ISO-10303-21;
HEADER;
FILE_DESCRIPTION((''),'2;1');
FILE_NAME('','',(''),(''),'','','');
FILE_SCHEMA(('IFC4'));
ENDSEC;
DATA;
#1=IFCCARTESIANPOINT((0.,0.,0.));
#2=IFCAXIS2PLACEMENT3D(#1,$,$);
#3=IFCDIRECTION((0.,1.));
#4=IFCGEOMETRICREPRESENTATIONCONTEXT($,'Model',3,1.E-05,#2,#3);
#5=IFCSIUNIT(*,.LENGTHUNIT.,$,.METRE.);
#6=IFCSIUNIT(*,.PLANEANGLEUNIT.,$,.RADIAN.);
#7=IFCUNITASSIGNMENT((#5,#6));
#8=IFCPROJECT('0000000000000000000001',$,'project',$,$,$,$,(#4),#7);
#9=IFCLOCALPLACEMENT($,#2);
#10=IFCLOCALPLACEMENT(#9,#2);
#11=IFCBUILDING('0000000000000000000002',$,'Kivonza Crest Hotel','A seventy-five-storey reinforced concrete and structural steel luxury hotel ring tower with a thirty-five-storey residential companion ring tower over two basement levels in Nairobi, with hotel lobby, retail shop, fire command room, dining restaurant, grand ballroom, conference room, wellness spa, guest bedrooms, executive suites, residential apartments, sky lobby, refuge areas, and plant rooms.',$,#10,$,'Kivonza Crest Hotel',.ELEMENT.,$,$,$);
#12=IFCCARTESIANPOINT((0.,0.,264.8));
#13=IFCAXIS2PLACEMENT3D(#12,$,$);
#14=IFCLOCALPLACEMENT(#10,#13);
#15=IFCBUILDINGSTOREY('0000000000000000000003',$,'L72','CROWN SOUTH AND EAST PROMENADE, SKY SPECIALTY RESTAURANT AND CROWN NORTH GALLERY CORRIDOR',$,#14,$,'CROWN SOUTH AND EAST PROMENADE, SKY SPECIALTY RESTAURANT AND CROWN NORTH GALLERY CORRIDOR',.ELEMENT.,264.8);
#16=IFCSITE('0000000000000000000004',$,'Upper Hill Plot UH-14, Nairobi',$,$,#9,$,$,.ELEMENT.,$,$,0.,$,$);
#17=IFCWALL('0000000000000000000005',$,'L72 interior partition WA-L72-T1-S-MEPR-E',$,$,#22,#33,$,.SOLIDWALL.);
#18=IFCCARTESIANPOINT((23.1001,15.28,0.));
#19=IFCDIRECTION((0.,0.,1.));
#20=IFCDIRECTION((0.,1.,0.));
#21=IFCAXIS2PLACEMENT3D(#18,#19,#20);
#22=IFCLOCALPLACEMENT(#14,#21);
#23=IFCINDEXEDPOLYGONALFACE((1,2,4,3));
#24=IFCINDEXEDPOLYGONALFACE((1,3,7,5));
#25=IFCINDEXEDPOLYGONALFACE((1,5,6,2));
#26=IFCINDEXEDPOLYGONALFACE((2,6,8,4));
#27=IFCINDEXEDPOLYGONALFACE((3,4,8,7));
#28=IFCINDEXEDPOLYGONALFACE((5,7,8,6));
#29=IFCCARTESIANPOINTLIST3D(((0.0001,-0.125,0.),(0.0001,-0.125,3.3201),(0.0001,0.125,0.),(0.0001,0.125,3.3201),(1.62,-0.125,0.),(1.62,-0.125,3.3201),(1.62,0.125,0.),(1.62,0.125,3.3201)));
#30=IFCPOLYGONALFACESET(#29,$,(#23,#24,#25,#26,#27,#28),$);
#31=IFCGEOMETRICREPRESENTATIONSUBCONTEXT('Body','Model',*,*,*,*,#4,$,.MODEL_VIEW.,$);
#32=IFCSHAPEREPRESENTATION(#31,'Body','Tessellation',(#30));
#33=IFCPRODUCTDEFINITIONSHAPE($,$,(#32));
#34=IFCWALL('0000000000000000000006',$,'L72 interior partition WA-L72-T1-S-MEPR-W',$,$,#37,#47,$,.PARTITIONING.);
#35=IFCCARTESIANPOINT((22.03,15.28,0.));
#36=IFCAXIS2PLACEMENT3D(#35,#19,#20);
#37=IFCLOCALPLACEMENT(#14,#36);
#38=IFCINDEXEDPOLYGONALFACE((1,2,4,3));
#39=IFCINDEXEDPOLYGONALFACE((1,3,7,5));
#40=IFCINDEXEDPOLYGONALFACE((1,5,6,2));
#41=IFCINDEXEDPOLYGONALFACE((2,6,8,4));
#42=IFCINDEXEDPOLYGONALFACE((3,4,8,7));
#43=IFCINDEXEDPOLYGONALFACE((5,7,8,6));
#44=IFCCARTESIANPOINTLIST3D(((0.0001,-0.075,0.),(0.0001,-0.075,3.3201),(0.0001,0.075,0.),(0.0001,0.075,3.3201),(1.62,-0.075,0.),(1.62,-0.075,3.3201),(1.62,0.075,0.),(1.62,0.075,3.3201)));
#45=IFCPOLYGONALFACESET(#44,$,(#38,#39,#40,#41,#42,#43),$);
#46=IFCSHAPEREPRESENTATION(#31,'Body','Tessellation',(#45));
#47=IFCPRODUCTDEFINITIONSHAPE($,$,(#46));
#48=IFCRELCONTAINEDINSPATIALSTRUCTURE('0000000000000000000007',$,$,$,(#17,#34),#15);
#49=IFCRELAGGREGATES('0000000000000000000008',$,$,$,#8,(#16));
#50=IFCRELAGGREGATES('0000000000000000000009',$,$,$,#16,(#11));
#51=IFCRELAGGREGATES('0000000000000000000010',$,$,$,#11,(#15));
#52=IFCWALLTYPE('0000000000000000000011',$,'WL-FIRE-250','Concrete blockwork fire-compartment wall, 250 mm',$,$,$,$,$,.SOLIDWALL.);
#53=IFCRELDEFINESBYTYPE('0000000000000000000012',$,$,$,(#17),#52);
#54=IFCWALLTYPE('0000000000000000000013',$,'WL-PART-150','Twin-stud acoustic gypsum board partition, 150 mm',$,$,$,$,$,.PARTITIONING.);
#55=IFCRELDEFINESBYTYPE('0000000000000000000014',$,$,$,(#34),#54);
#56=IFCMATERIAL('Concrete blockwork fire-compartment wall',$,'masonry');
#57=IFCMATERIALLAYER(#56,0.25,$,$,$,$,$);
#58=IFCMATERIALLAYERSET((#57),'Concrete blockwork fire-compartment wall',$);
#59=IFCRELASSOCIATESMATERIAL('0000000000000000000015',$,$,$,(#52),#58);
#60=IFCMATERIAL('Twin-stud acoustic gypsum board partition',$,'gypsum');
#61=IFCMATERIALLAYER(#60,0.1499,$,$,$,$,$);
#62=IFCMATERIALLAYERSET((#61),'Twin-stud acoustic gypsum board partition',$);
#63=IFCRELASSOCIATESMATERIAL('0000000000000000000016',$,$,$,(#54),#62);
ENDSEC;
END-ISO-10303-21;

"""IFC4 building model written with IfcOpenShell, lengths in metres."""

from ifc_helpers import new_model, si_unit, direction, frame, frame_2d, origin, place, context, subcontext, project, spatial, rectangle, extrude, material, layer, layer_set, type_object, element, save


model = new_model("IFC4")

# Units and contexts
model_context = context("Model", 3, precision=1e-05, world=origin(), true_north=direction((0.0, 1.0)))
body_context = subcontext(model_context, "Body", "Model", "MODEL_VIEW")
ifc_project = project(units=[si_unit("LENGTHUNIT", "METRE"), si_unit("PLANEANGLEUNIT", "RADIAN")], contexts=[model_context])

# Site, building, storey
site_placement = place(None, origin())
site = spatial("IfcSite", under=ifc_project, at=site_placement, Name="Upper Hill Plot UH-14, Nairobi", CompositionType="ELEMENT", RefElevation=0.0)
building_placement = place(site_placement, origin())
building = spatial("IfcBuilding", under=site, at=building_placement, Name="Kivonza Crest Hotel", Description="A seventy-five-storey reinforced concrete and structural steel luxury hotel ring tower with a thirty-five-storey residential companion ring tower over two basement levels in Nairobi, with hotel lobby, retail shop, fire command room, dining restaurant, grand ballroom, conference room, wellness spa, guest bedrooms, executive suites, residential apartments, sky lobby, refuge areas, and plant rooms.", LongName="Kivonza Crest Hotel", CompositionType="ELEMENT")
storey_placement = place(building_placement, frame((0.0, 0.0, 264.8)))
storey = spatial("IfcBuildingStorey", under=building, at=storey_placement, Name="L72", Description="CROWN SOUTH AND EAST PROMENADE, SKY SPECIALTY RESTAURANT AND CROWN NORTH GALLERY CORRIDOR", LongName="CROWN SOUTH AND EAST PROMENADE, SKY SPECIALTY RESTAURANT AND CROWN NORTH GALLERY CORRIDOR", CompositionType="ELEMENT", Elevation=264.8)

# Walls
ifc_material_1 = material(Name="Concrete blockwork fire-compartment wall", Category="masonry")
ifc_layer_1 = layer(ifc_material_1, 0.25)
ifc_layer_set_1 = layer_set([ifc_layer_1], Name="Concrete blockwork fire-compartment wall")
wall_type_1 = type_object("IfcWallType", Name="WL-FIRE-250", Description="Concrete blockwork fire-compartment wall, 250 mm", PredefinedType="SOLIDWALL", material=ifc_layer_set_1)
wall_1_placement = place(storey_placement, frame((23.1001, 15.28, 0.0), z_axis=(0.0, 0.0, 1.0), x_axis=(0.0, 1.0, 0.0)))
element("IfcWall", 1, at=wall_1_placement, inside=storey, type_object=wall_type_1, Name="L72 interior partition WA-L72-T1-S-MEPR-E", PredefinedType="SOLIDWALL", context=body_context, shape_type="SweptSolid", body=[
    extrude(rectangle(XDim=1.6199, YDim=0.25, at=frame_2d((0.8101, 0.0))), origin(), (0.0, 0.0, 1.0), 3.3201),
])
ifc_material_2 = material(Name="Twin-stud acoustic gypsum board partition", Category="gypsum")
ifc_layer_2 = layer(ifc_material_2, 0.1499)
ifc_layer_set_2 = layer_set([ifc_layer_2], Name="Twin-stud acoustic gypsum board partition")
wall_type_2 = type_object("IfcWallType", Name="WL-PART-150", Description="Twin-stud acoustic gypsum board partition, 150 mm", PredefinedType="PARTITIONING", material=ifc_layer_set_2)
wall_2_placement = place(storey_placement, frame((22.03, 15.28, 0.0), z_axis=(0.0, 0.0, 1.0), x_axis=(0.0, 1.0, 0.0)))
element("IfcWall", 2, at=wall_2_placement, inside=storey, type_object=wall_type_2, Name="L72 interior partition WA-L72-T1-S-MEPR-W", PredefinedType="PARTITIONING", context=body_context, shape_type="SweptSolid", body=[
    extrude(rectangle(XDim=1.6199, YDim=0.1499, at=frame_2d((0.8101, 0.0))), origin(), (0.0, 0.0, 1.0), 3.3201),
])

save(model, "model.ifc")
